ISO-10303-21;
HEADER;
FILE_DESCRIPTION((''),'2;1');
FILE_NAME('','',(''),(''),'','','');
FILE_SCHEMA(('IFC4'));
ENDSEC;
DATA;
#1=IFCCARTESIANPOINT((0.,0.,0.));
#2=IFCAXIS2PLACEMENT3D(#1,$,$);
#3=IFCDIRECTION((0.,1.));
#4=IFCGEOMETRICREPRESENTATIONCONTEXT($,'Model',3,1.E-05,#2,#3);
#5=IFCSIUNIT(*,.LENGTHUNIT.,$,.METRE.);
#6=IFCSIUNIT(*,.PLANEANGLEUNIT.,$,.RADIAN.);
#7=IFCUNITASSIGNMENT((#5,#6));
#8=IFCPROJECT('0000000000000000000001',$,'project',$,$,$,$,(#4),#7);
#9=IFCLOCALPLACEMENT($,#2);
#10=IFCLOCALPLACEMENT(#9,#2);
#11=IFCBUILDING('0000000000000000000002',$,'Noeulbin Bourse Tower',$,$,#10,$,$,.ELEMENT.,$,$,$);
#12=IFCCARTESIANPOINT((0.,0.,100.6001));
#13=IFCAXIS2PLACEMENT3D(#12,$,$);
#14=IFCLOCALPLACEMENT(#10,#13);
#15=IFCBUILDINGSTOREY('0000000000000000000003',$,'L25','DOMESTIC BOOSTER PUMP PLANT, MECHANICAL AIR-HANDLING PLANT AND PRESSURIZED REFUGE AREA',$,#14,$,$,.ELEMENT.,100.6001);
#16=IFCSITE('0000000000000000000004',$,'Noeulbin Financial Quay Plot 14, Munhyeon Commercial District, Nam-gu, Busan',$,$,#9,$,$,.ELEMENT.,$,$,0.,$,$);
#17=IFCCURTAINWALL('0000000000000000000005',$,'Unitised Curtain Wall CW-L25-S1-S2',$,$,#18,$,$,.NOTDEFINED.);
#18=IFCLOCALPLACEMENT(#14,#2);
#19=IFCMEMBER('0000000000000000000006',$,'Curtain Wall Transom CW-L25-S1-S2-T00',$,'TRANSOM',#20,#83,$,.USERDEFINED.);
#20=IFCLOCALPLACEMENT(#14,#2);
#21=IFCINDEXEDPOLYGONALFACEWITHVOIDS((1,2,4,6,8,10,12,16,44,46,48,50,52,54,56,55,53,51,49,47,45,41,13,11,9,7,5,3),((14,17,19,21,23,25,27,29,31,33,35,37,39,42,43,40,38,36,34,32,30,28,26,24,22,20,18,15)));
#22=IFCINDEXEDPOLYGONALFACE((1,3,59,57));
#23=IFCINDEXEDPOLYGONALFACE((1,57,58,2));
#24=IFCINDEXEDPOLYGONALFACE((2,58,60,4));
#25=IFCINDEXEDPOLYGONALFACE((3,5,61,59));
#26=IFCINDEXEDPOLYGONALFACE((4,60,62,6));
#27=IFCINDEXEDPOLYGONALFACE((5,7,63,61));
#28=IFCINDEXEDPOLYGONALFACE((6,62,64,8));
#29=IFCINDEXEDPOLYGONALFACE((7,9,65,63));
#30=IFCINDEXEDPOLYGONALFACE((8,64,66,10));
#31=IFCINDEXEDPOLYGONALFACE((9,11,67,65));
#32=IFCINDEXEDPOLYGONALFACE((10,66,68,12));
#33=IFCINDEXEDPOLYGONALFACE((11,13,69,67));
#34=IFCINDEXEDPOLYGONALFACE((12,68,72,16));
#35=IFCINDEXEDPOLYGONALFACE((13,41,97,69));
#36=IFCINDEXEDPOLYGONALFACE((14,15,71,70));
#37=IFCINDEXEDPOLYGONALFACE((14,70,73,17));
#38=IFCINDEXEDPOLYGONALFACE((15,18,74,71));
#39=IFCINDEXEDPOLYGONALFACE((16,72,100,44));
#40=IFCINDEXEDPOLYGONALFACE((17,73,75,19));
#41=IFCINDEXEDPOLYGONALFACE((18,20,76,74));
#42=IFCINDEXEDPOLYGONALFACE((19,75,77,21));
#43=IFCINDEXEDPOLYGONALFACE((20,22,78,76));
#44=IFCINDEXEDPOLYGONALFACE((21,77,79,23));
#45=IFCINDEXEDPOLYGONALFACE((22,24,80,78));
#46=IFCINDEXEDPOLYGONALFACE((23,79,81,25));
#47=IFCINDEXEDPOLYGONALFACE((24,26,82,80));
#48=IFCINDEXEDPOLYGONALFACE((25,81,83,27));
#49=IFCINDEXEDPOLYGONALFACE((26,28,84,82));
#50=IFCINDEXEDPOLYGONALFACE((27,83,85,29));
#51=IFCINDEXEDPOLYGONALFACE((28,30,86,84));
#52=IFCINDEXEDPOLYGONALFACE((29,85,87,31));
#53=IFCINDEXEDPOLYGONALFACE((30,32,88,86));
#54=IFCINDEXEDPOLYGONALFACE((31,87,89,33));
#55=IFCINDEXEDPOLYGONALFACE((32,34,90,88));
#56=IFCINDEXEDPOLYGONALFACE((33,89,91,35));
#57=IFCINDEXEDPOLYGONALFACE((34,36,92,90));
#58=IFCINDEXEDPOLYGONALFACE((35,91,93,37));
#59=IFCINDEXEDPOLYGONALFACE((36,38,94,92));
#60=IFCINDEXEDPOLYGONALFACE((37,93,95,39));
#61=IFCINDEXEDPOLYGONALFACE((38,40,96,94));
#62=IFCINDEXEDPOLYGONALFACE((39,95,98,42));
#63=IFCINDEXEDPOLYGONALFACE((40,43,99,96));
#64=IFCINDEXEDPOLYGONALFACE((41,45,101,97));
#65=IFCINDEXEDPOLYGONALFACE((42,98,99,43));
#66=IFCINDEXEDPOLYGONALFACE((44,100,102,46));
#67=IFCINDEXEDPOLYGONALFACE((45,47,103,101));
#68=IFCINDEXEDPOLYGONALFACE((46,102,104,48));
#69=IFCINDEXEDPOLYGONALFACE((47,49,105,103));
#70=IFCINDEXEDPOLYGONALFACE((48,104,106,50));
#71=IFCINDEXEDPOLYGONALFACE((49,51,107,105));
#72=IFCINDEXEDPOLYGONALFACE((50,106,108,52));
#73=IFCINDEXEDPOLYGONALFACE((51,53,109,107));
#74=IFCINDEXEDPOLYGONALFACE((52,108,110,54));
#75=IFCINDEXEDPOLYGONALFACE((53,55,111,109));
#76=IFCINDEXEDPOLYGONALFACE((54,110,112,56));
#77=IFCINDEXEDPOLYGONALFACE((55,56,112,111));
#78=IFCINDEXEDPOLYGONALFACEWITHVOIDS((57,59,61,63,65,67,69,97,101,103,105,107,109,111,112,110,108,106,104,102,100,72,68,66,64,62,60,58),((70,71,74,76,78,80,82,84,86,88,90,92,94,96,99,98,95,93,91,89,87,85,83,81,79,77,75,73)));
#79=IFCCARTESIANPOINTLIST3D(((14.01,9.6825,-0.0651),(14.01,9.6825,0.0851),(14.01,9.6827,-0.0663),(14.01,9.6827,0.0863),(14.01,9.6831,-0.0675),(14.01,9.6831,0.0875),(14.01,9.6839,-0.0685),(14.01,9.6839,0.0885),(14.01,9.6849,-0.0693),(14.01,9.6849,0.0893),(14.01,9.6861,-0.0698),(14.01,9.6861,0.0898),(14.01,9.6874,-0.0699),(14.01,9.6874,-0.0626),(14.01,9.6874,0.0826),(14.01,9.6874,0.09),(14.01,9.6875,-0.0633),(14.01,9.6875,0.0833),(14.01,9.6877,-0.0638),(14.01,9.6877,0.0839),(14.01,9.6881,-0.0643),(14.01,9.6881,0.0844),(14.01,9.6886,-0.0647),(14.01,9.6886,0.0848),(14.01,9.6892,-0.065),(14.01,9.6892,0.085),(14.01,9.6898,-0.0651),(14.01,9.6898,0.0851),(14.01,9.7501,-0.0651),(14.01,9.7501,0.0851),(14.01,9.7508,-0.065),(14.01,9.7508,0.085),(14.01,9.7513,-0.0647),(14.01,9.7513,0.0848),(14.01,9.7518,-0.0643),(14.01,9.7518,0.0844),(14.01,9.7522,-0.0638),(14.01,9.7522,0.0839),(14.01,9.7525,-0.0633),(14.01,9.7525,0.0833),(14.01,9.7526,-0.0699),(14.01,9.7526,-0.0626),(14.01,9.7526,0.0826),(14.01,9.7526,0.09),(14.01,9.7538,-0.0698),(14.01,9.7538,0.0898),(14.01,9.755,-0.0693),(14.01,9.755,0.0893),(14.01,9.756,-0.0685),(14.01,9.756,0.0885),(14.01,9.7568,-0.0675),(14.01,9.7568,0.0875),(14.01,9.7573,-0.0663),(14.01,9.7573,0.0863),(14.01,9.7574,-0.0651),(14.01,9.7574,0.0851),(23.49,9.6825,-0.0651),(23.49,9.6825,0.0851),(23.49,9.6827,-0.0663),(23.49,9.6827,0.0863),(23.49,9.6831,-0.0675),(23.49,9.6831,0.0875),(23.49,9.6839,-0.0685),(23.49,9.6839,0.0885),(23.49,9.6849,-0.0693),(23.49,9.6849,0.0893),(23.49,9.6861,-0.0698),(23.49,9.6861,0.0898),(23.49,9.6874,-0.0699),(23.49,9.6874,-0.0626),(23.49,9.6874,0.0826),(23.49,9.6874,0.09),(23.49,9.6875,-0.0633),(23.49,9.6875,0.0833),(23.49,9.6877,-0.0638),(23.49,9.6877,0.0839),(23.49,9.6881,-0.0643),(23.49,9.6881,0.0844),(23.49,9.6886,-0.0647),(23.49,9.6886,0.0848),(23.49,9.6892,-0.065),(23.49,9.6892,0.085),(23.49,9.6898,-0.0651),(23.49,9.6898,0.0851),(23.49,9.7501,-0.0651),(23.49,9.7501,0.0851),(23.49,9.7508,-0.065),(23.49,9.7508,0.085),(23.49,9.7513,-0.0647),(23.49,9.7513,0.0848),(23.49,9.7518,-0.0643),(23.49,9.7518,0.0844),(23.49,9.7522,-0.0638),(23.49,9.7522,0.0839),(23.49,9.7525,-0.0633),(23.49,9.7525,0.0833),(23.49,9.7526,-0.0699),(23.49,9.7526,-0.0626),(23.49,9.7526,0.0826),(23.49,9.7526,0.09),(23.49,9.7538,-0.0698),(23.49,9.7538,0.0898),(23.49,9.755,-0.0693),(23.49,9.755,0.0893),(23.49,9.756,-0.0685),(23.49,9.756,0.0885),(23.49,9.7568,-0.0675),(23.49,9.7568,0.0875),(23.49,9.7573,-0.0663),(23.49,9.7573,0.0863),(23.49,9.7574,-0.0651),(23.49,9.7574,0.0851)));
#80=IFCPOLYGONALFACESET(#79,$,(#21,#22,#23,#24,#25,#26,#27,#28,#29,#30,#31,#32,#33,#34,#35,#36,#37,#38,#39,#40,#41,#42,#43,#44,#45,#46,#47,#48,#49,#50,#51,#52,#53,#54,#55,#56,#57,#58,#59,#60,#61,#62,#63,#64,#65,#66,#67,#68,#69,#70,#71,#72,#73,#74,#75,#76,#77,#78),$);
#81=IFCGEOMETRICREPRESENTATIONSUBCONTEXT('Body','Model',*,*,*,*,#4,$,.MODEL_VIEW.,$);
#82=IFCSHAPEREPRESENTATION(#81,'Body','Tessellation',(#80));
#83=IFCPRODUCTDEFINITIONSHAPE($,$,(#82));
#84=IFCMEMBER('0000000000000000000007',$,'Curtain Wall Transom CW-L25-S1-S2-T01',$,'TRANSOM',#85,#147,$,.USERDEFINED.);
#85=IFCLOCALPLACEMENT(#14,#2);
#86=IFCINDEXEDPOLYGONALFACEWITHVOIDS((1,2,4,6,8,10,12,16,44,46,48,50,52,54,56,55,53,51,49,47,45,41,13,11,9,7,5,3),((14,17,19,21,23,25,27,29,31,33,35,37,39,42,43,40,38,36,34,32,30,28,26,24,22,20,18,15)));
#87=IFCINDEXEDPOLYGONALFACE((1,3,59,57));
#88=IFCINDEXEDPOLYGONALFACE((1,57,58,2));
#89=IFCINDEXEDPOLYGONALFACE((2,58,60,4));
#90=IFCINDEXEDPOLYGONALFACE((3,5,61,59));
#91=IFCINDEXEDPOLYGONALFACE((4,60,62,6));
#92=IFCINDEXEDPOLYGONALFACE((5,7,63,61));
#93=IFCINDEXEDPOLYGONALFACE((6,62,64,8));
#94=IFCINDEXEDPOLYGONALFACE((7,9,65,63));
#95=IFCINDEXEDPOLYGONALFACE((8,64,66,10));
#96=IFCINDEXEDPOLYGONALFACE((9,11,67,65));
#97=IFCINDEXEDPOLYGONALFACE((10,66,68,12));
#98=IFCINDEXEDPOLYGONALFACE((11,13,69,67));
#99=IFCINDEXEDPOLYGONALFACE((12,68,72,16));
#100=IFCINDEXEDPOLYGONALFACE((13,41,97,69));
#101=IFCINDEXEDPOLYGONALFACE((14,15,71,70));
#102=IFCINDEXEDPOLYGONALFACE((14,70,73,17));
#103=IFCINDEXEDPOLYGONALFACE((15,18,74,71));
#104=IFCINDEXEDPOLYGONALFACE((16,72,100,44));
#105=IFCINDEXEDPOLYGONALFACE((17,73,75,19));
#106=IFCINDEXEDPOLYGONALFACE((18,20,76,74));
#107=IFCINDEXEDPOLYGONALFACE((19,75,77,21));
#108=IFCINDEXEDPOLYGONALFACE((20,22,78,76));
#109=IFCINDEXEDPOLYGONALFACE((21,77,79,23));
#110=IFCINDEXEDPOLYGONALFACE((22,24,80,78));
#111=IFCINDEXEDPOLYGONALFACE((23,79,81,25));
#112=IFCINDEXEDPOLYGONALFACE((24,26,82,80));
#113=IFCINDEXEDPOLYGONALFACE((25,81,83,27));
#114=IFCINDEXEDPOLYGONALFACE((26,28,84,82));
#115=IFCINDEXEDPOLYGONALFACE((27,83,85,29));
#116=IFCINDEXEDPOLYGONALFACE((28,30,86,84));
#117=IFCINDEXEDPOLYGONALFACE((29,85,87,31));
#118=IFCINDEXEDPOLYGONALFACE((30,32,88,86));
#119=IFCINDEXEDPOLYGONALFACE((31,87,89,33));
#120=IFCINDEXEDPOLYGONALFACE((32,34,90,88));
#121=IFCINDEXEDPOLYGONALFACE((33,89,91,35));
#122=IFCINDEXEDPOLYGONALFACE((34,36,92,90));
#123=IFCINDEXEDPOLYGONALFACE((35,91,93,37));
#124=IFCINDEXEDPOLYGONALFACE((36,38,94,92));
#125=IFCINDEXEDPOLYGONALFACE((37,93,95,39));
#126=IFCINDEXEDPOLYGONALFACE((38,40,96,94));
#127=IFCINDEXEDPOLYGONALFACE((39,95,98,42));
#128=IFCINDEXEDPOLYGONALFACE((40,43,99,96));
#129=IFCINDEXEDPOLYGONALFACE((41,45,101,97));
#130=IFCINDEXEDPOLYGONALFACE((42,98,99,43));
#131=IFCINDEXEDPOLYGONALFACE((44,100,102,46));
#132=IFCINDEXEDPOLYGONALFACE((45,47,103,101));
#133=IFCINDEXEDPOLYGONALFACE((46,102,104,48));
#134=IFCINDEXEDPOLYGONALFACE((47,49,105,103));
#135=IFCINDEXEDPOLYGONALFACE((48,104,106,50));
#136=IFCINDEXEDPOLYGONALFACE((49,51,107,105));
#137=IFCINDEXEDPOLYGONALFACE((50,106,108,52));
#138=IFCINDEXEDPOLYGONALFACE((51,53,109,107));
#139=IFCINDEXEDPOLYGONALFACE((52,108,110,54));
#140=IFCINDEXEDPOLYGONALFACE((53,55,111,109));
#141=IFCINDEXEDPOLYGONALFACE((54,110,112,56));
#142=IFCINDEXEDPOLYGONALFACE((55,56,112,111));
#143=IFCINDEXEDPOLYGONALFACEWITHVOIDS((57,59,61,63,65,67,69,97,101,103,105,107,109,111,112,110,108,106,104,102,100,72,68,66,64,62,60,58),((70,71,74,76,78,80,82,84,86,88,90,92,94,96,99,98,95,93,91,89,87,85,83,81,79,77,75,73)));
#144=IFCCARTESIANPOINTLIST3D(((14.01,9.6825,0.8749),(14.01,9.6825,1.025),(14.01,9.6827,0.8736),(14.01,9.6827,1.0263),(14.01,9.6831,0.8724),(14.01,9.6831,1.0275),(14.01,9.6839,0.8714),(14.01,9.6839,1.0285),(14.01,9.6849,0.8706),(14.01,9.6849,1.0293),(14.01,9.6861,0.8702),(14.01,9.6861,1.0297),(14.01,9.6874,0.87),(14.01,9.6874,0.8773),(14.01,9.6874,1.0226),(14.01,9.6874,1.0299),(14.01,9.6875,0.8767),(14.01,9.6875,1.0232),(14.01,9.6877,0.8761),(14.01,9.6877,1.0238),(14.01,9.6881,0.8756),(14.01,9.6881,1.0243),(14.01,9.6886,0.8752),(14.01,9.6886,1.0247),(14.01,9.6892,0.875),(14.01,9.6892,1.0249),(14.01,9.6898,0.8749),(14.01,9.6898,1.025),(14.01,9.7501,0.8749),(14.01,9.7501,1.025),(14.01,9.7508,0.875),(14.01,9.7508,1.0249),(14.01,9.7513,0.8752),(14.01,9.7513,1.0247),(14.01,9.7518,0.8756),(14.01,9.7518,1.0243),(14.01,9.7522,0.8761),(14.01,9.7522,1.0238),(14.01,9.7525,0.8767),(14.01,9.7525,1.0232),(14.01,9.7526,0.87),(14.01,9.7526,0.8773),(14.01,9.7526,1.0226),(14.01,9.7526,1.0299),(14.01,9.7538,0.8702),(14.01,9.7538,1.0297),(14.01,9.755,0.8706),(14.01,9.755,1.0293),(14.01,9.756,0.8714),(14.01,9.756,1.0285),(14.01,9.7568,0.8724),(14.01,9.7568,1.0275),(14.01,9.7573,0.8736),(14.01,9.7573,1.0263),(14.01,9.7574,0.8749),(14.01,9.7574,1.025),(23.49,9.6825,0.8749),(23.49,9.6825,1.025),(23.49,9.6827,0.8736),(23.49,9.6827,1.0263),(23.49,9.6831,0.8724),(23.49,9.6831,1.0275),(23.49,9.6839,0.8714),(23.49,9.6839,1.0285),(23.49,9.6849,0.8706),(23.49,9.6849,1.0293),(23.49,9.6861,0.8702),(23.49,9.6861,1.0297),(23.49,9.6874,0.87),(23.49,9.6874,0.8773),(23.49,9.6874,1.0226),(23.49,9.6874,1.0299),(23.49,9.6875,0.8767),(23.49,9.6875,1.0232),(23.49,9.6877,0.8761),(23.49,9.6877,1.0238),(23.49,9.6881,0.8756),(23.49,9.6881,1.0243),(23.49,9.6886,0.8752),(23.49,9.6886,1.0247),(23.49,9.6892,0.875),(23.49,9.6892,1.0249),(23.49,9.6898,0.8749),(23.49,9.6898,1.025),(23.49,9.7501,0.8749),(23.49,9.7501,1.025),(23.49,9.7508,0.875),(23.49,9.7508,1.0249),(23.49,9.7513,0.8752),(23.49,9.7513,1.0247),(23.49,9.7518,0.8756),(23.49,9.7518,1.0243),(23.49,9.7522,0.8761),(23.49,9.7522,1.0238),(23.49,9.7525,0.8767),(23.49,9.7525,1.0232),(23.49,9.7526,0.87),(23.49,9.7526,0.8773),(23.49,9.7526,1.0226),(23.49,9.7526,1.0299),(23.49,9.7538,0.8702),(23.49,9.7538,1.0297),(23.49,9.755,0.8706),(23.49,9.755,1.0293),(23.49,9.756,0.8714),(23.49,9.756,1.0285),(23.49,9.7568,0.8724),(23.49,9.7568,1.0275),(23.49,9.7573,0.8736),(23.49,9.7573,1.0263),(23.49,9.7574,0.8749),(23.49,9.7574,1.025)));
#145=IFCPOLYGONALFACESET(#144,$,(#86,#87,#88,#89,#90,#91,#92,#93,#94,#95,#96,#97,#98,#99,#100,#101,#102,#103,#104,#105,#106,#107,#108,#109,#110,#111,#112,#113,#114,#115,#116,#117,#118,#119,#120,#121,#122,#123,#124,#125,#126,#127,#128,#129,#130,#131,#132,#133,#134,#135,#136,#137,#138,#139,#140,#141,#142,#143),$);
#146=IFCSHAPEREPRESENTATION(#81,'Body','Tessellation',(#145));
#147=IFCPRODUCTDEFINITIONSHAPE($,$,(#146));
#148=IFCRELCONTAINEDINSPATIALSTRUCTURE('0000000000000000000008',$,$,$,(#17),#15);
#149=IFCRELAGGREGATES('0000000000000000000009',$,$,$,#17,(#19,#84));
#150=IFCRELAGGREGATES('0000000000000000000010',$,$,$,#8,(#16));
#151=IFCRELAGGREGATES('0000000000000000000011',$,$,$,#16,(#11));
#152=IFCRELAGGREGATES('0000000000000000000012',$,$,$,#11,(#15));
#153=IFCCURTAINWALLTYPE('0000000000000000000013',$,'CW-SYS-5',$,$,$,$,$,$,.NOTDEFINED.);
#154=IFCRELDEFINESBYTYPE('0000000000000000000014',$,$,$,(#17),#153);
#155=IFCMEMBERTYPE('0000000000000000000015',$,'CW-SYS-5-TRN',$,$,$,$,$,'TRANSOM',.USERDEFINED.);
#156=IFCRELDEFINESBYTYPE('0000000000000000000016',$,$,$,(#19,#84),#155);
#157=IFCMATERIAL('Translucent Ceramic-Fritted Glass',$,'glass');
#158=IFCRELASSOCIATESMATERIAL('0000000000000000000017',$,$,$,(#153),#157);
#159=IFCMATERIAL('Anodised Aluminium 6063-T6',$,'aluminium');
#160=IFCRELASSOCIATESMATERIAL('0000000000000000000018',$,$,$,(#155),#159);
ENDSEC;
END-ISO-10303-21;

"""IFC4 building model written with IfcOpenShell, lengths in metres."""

from ifc_helpers import new_model, si_unit, direction, frame, origin, origin_2d, place, context, subcontext, project, spatial, hollow_rectangle, extrude, material, material_profile, profile_set, type_object, element, aggregate, save


model = new_model("IFC4")

# Units and contexts
model_context = context("Model", 3, precision=1e-05, world=origin(), true_north=direction((0.0, 1.0)))
body_context = subcontext(model_context, "Body", "Model", "MODEL_VIEW")
ifc_project = project(units=[si_unit("LENGTHUNIT", "METRE"), si_unit("PLANEANGLEUNIT", "RADIAN")], contexts=[model_context])

# Site, building, storey
site_placement = place(None, origin())
site = spatial("IfcSite", under=ifc_project, at=site_placement, Name="Noeulbin Financial Quay Plot 14, Munhyeon Commercial District, Nam-gu, Busan", CompositionType="ELEMENT", RefElevation=0.0)
building_placement = place(site_placement, origin())
building = spatial("IfcBuilding", under=site, at=building_placement, Name="Noeulbin Bourse Tower", CompositionType="ELEMENT")
storey_placement = place(building_placement, frame((0.0, 0.0, 100.6001)))
storey = spatial("IfcBuildingStorey", under=building, at=storey_placement, Name="L25", Description="DOMESTIC BOOSTER PUMP PLANT, MECHANICAL AIR-HANDLING PLANT AND PRESSURIZED REFUGE AREA", CompositionType="ELEMENT", Elevation=100.6001)

# Curtain wall
ifc_material_1 = material(Name="Translucent Ceramic-Fritted Glass", Category="glass")
curtain_wall_type = type_object("IfcCurtainWallType", Name="CW-SYS-5", PredefinedType="NOTDEFINED", material=ifc_material_1)
ifc_material_2 = material(Name="Anodised Aluminium 6063-T6", Category="aluminium")
curtain_wall_1_placement = place(storey_placement, origin())
curtain_wall_1 = element("IfcCurtainWall", 1, at=curtain_wall_1_placement, inside=storey, type_object=curtain_wall_type, Name="Unitised Curtain Wall CW-L25-S1-S2", PredefinedType="NOTDEFINED")

# Members
ifc_material_profile_1 = material_profile(ifc_material_2, hollow_rectangle(XDim=0.075, YDim=0.1599, WallThickness=0.0049, InnerFilletRadius=0.0024, OuterFilletRadius=0.0049, at=origin_2d()), Name="ALU-TRAN-75x160x5", Category="LoadBearing")
ifc_profile_set_1 = profile_set([ifc_material_profile_1], Name="Anodised Aluminium 6063-T6")
member_type_1 = type_object("IfcMemberType", Name="CW-SYS-5-TRN", ElementType="TRANSOM", PredefinedType="USERDEFINED", material=ifc_profile_set_1)
member_1_placement = place(storey_placement, frame((14.01, 9.72, 0.01), z_axis=(1.0, 0.0, 0.0), x_axis=(0.0, 1.0, 0.0)))
member_1 = element("IfcMember", 2, at=member_1_placement, type_object=member_type_1, Name="Curtain Wall Transom CW-L25-S1-S2-T00", ObjectType="TRANSOM", PredefinedType="USERDEFINED", context=body_context, shape_type="SweptSolid", body=[
    extrude(hollow_rectangle(XDim=0.075, YDim=0.1599, WallThickness=0.0049, InnerFilletRadius=0.0024, OuterFilletRadius=0.0049, at=origin_2d()), origin(), (0.0, 0.0, 1.0), 9.48),
])
member_2_placement = place(storey_placement, frame((14.01, 9.72, 0.95), z_axis=(1.0, 0.0, 0.0), x_axis=(0.0, 1.0, 0.0)))
member_2 = element("IfcMember", 3, at=member_2_placement, type_object=member_type_1, Name="Curtain Wall Transom CW-L25-S1-S2-T01", ObjectType="TRANSOM", PredefinedType="USERDEFINED", context=body_context, shape_type="SweptSolid", body=[
    extrude(hollow_rectangle(XDim=0.075, YDim=0.1599, WallThickness=0.0049, InnerFilletRadius=0.0024, OuterFilletRadius=0.0049, at=origin_2d()), origin(), (0.0, 0.0, 1.0), 9.48),
])

aggregate(curtain_wall_1, [member_1, member_2])

save(model, "model.ifc")
